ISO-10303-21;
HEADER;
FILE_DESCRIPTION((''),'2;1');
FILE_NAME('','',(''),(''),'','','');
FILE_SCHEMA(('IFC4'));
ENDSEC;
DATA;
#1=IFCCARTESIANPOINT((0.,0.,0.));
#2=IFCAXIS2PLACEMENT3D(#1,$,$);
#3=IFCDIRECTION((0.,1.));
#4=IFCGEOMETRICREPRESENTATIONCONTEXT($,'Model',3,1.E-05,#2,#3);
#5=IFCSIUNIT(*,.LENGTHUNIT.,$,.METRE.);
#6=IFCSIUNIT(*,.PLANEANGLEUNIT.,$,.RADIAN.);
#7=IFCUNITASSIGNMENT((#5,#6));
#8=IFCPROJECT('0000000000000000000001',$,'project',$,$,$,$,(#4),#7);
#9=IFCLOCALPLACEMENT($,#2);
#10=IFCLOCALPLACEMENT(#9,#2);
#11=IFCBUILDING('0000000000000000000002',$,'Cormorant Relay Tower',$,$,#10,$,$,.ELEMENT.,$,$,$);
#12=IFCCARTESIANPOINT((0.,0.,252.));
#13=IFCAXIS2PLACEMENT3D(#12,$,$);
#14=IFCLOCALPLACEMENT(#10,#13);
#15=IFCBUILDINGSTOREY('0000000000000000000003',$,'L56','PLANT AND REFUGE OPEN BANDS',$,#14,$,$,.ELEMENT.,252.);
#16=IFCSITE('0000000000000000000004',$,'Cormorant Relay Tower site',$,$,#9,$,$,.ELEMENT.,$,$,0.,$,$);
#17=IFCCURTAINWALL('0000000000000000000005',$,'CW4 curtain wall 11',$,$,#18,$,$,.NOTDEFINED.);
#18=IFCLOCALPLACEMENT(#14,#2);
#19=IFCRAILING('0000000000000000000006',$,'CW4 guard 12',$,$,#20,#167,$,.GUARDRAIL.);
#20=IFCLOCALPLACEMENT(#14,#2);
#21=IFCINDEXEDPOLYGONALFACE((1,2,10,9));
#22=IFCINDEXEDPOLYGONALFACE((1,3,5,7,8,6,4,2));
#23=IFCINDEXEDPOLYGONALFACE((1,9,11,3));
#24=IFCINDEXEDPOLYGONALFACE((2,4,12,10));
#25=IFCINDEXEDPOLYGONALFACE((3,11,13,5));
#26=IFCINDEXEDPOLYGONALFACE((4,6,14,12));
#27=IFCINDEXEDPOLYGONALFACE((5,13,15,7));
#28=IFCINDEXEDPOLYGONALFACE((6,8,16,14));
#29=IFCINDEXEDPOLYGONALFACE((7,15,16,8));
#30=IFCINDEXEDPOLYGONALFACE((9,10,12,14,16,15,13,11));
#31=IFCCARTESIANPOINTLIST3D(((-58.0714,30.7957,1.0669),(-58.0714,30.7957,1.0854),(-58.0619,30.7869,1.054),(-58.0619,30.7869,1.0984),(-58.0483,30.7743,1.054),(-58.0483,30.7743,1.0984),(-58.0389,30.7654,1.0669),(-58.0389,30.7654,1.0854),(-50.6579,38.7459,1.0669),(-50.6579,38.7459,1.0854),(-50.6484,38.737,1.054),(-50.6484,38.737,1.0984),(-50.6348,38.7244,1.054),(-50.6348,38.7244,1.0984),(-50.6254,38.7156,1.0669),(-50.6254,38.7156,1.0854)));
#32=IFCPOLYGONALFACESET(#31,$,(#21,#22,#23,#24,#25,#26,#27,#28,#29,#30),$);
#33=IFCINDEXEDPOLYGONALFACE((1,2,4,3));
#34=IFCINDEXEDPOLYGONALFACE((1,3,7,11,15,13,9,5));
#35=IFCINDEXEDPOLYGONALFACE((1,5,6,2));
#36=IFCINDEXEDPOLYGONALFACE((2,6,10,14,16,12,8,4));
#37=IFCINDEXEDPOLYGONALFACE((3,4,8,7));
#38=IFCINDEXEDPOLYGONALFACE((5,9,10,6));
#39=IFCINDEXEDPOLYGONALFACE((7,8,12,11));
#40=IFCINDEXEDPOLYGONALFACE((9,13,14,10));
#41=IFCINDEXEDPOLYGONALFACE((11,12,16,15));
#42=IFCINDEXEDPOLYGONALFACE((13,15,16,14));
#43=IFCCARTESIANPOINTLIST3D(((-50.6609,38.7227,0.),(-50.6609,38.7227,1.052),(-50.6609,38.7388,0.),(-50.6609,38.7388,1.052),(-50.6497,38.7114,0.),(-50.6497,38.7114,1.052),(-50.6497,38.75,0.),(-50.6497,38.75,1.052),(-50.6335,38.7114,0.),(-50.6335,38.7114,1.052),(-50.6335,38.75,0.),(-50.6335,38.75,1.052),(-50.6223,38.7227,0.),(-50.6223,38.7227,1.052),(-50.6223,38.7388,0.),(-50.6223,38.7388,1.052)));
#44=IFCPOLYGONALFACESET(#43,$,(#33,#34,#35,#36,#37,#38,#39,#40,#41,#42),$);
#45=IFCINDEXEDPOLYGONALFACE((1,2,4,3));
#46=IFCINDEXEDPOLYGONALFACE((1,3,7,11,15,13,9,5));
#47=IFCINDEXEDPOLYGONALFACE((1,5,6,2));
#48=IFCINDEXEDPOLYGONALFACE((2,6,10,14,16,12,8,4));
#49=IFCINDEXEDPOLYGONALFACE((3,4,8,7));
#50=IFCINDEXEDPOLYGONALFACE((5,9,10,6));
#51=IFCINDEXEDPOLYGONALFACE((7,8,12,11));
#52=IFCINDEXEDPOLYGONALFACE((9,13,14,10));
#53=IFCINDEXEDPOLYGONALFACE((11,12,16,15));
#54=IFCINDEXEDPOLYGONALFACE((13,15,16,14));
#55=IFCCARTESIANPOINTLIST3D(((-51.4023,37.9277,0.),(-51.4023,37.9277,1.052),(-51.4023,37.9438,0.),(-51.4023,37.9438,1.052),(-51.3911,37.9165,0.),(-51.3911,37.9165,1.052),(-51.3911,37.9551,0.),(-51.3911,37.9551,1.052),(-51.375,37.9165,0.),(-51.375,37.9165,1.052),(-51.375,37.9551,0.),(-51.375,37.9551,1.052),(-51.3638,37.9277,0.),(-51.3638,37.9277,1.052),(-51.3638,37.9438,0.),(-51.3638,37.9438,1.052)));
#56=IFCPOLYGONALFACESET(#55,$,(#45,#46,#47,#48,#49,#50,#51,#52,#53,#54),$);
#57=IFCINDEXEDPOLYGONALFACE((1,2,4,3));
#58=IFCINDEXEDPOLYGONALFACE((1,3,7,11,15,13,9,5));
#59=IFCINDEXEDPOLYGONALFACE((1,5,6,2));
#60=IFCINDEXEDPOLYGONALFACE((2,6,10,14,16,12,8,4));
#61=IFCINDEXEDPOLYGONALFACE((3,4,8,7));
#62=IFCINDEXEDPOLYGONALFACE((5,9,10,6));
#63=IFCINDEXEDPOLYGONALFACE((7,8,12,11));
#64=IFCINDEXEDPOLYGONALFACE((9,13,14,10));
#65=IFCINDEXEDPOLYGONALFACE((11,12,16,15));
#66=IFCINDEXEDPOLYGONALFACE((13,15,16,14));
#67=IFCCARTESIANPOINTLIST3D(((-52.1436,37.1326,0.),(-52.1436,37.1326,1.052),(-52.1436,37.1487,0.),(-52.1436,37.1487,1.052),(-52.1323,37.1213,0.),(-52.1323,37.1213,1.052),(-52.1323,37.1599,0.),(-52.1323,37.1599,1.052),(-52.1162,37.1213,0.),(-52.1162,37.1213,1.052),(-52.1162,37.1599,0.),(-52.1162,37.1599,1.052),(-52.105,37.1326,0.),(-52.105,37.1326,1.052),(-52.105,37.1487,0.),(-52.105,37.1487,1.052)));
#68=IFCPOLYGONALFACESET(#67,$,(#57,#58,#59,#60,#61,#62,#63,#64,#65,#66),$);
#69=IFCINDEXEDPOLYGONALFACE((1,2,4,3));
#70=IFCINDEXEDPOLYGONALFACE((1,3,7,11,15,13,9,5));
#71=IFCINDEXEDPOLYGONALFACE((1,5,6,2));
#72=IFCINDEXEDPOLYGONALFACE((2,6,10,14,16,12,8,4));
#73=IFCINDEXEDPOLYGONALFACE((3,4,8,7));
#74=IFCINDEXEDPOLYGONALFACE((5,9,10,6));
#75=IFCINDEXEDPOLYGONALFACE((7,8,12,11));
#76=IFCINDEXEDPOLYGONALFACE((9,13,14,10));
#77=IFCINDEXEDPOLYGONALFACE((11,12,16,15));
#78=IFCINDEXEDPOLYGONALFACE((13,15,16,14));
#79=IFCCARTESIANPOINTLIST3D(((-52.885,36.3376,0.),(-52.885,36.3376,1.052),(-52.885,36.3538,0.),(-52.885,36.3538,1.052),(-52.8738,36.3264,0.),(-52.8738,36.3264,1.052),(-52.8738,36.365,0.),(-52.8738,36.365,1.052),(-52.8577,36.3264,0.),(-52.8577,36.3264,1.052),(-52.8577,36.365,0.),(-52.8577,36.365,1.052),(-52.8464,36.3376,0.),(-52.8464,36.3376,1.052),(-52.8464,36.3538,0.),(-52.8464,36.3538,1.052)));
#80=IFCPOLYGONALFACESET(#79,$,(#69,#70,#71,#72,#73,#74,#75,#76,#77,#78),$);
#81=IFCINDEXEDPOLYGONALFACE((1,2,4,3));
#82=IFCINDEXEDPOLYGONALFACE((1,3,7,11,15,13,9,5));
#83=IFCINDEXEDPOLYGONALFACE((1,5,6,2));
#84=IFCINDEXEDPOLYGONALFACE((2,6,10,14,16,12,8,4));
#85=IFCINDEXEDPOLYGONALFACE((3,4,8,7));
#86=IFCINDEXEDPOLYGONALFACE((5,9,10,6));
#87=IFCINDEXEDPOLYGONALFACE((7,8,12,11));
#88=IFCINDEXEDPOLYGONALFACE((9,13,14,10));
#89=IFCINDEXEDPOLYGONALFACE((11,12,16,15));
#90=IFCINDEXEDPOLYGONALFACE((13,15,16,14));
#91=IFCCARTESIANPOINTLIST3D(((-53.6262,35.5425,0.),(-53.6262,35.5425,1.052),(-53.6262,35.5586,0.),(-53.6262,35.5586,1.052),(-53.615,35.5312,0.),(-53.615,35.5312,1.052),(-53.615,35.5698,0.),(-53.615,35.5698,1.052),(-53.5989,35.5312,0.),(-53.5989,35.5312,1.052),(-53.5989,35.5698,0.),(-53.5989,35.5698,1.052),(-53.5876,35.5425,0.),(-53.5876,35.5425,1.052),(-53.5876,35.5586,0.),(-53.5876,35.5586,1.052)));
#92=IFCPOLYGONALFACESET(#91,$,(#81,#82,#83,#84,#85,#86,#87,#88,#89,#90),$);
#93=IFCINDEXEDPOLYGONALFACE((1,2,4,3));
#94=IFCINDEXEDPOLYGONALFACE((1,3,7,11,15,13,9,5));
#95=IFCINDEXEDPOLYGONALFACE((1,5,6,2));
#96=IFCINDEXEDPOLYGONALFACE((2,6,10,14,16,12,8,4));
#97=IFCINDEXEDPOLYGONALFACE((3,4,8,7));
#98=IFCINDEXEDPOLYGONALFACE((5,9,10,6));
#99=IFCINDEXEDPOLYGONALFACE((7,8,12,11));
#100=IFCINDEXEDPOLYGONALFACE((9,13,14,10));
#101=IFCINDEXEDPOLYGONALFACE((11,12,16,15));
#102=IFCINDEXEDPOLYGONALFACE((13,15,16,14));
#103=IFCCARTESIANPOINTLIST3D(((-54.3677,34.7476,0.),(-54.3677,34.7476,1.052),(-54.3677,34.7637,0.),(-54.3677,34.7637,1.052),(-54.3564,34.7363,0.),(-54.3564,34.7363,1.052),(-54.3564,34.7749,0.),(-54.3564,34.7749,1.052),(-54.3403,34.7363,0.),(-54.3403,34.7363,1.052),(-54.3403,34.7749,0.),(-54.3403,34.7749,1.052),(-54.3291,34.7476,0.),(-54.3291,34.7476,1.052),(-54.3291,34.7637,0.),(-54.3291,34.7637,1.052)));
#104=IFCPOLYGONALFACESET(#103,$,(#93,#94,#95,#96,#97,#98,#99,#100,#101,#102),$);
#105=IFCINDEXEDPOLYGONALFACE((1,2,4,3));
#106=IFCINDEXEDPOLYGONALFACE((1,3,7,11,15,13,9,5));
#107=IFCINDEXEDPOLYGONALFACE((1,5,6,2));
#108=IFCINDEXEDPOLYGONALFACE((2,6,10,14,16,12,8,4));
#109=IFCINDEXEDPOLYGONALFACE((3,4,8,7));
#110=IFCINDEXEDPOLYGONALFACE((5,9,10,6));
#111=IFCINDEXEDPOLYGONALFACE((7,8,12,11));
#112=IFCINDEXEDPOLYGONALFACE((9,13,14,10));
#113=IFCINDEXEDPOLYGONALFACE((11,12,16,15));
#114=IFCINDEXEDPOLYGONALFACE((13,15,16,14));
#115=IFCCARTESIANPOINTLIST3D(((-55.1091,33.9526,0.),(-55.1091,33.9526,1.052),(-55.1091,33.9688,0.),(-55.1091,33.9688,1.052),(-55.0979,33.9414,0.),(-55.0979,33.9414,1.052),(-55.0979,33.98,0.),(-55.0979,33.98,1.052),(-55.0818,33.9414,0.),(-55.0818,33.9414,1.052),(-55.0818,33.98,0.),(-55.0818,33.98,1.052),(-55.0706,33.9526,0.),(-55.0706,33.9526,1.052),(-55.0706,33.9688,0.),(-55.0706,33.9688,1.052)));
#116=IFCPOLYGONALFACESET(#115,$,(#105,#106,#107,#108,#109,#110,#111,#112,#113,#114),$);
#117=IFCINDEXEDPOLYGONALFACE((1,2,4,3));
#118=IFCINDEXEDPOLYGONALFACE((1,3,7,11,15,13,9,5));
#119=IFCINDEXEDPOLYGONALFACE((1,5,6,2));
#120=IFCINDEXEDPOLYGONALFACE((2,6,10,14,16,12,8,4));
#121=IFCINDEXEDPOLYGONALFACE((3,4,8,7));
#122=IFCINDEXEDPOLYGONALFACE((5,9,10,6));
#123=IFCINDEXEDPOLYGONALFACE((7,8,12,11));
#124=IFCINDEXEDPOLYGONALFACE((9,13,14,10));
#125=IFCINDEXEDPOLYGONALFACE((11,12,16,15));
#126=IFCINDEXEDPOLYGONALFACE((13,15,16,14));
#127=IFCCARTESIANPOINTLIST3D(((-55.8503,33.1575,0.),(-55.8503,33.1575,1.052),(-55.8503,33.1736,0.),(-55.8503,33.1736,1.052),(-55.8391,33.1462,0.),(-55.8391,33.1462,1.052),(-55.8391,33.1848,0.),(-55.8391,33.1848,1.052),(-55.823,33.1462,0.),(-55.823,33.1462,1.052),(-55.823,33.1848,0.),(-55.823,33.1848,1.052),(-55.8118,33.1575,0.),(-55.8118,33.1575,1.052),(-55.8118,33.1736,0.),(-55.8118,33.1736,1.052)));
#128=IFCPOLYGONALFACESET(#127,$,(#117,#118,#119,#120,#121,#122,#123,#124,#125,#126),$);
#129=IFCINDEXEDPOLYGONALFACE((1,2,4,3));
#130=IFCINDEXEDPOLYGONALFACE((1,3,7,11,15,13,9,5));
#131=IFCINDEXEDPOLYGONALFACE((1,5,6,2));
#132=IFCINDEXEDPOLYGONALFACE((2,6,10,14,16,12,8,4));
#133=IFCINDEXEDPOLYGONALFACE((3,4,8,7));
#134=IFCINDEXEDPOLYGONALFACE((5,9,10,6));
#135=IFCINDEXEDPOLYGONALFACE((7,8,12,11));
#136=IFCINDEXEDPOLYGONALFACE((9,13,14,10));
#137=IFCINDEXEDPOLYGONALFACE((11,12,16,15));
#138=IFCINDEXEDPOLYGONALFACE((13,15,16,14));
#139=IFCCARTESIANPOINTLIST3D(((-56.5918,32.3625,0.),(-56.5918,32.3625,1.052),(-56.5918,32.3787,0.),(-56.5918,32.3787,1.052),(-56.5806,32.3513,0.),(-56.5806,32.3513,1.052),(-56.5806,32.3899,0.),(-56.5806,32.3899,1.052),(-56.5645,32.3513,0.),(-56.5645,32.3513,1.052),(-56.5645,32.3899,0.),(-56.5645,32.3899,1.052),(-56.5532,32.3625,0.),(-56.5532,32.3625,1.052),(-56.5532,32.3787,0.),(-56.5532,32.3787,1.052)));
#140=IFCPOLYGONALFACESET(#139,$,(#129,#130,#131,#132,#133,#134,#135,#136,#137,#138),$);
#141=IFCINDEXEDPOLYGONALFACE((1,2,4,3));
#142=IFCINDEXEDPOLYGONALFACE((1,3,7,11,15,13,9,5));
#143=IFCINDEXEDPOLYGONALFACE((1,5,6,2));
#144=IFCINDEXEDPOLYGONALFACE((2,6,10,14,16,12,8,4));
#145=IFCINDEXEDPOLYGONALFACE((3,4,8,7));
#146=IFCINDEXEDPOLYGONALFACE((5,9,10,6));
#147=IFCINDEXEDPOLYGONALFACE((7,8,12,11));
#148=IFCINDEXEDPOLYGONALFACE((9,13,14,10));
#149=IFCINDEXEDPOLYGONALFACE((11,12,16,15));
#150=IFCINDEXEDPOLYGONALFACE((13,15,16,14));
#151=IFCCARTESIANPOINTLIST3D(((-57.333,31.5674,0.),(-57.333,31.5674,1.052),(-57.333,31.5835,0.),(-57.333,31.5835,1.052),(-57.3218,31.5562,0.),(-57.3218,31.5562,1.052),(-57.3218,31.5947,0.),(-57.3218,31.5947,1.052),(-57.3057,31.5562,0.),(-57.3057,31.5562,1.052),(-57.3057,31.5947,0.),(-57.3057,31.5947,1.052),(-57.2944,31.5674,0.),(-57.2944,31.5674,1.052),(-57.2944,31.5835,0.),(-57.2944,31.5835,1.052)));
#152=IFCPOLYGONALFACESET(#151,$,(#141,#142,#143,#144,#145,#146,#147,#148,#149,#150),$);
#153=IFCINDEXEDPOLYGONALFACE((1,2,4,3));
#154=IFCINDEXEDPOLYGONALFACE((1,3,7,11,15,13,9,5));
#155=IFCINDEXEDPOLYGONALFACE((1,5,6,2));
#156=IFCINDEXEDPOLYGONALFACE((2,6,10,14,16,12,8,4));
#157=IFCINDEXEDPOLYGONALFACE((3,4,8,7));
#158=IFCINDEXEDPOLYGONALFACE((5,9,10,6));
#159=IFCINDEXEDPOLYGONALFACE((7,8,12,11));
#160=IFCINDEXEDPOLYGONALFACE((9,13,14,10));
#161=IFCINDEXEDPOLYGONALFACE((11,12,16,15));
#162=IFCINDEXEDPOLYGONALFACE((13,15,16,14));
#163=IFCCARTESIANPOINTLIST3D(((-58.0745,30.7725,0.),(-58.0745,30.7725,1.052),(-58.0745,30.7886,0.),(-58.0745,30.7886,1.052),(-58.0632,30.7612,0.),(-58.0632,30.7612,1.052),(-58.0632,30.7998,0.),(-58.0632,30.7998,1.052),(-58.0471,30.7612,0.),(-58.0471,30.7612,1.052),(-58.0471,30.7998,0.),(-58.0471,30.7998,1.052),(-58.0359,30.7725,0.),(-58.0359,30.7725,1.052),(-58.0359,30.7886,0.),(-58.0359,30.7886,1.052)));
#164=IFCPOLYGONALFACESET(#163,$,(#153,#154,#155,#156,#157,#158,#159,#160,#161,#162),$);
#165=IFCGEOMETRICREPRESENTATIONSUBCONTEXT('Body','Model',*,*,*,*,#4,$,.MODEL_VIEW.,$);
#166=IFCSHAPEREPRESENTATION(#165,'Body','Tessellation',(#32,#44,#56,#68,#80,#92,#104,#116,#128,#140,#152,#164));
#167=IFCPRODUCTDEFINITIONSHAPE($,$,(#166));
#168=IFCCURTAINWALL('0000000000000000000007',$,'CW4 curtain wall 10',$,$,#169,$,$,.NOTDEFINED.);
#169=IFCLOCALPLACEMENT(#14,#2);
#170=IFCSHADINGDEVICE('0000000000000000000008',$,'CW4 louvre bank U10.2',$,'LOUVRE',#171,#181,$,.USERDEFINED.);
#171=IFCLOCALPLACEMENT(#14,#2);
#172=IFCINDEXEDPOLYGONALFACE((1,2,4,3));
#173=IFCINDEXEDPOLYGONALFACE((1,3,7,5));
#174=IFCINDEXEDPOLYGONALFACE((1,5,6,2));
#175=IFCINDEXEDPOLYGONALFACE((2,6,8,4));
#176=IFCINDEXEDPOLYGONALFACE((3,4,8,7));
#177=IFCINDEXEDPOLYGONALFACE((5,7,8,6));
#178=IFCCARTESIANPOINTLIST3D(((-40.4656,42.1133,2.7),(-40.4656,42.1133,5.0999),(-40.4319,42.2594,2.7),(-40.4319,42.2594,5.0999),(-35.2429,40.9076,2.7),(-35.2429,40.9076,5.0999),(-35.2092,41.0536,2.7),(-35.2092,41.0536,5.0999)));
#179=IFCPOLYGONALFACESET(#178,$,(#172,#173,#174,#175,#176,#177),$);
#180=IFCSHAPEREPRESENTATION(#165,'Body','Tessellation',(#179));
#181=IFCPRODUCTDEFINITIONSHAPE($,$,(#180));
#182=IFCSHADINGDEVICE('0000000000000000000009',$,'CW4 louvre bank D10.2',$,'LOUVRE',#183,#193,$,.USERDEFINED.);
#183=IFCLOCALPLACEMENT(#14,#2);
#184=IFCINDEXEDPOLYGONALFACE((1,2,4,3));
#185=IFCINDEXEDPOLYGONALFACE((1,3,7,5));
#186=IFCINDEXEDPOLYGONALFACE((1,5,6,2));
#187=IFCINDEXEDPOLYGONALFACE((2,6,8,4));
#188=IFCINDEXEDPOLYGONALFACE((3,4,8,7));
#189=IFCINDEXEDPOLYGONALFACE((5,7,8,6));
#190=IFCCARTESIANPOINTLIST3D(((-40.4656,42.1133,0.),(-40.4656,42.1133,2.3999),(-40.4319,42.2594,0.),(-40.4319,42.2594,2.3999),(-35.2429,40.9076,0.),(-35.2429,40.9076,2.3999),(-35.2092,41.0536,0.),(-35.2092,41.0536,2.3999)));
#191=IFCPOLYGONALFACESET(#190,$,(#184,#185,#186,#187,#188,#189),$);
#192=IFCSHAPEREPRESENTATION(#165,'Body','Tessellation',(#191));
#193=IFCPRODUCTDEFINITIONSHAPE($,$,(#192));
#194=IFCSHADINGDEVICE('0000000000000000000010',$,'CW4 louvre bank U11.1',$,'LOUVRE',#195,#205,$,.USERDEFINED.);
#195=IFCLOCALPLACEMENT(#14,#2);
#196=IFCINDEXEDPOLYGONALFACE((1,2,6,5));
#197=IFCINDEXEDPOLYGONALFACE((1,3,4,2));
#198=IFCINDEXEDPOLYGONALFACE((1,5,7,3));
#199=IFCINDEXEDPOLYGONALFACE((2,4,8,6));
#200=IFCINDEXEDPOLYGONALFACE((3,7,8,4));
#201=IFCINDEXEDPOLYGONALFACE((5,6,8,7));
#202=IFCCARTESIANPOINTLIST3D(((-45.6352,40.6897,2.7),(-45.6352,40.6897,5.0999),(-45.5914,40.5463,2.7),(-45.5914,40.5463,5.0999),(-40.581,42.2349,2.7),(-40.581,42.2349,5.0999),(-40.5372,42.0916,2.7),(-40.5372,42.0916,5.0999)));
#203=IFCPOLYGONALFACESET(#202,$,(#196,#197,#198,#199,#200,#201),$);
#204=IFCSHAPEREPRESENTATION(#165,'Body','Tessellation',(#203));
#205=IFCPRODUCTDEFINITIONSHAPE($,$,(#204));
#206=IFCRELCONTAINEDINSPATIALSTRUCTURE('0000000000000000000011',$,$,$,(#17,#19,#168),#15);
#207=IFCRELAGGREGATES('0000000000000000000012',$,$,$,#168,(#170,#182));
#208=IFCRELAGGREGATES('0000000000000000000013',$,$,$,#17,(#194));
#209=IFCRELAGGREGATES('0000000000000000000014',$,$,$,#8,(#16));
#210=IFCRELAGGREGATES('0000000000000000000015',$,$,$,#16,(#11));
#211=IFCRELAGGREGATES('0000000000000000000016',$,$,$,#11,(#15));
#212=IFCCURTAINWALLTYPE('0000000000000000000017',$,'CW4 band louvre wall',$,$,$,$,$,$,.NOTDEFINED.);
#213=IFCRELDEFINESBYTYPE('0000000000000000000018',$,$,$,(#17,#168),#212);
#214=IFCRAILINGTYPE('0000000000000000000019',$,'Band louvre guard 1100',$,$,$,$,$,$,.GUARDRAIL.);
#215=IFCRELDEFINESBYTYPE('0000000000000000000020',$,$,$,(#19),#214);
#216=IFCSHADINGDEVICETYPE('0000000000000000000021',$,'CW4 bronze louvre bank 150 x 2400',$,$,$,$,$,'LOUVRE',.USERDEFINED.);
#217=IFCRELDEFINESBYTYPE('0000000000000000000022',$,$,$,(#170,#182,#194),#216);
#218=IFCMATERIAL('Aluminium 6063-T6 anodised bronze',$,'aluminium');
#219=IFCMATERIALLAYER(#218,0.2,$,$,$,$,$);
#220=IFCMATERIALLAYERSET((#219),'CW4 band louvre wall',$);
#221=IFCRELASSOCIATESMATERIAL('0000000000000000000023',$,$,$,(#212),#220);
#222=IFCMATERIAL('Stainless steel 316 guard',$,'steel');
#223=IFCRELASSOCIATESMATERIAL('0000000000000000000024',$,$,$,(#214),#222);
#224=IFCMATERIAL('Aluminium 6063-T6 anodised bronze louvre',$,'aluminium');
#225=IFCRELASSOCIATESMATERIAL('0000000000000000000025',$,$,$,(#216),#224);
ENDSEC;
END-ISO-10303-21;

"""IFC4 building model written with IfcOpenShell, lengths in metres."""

from ifc_helpers import new_model, si_unit, direction, frame, origin, origin_2d, place, context, subcontext, project, spatial, polyline, rectangle, outline, extrude, material, layer, layer_set, type_object, element, aggregate, save


model = new_model("IFC4")

# Units and contexts
model_context = context("Model", 3, precision=1e-05, world=origin(), true_north=direction((0.0, 1.0)))
body_context = subcontext(model_context, "Body", "Model", "MODEL_VIEW")
ifc_project = project(units=[si_unit("LENGTHUNIT", "METRE"), si_unit("PLANEANGLEUNIT", "RADIAN")], contexts=[model_context])

# Site, building, storey
site_placement = place(None, origin())
site = spatial("IfcSite", under=ifc_project, at=site_placement, Name="Cormorant Relay Tower site", CompositionType="ELEMENT", RefElevation=0.0)
building_placement = place(site_placement, origin())
building = spatial("IfcBuilding", under=site, at=building_placement, Name="Cormorant Relay Tower", CompositionType="ELEMENT")
storey_placement = place(building_placement, frame((0.0, 0.0, 252.0)))
storey = spatial("IfcBuildingStorey", under=building, at=storey_placement, Name="L56", Description="PLANT AND REFUGE OPEN BANDS", CompositionType="ELEMENT", Elevation=252.0)

# Curtain wall
ifc_material_1 = material(Name="Aluminium 6063-T6 anodised bronze", Category="aluminium")
ifc_layer_1 = layer(ifc_material_1, 0.2)
ifc_layer_set_1 = layer_set([ifc_layer_1], Name="CW4 band louvre wall")
curtain_wall_type = type_object("IfcCurtainWallType", Name="CW4 band louvre wall", PredefinedType="NOTDEFINED", material=ifc_layer_set_1)
curtain_wall_1_placement = place(storey_placement, origin())
curtain_wall_1 = element("IfcCurtainWall", 1, at=curtain_wall_1_placement, inside=storey, type_object=curtain_wall_type, Name="CW4 curtain wall 11", PredefinedType="NOTDEFINED")

# Railing
ifc_material_2 = material(Name="Stainless steel 316 guard", Category="steel")
railing_type = type_object("IfcRailingType", Name="Band louvre guard 1100", PredefinedType="GUARDRAIL", material=ifc_material_2)
railing_1_placement = place(storey_placement, frame((-50.6416, 38.7307, 0.0)))
element("IfcRailing", 2, at=railing_1_placement, inside=storey, type_object=railing_type, Name="CW4 guard 12", PredefinedType="GUARDRAIL", context=body_context, shape_type="SweptSolid", body=[
    extrude(outline(polyline([(0.0222, 0.0093), (0.0093, 0.0222), (-0.0093, 0.0222), (-0.0222, 0.0093), (-0.0222, -0.0093), (-0.0093, -0.0222), (0.0093, -0.0222), (0.0222, -0.0093), (0.0222, 0.0093)])), frame((0.0, 0.0, 1.0762), z_axis=(-0.681993, -0.731358, 0.0), x_axis=(0.731358, -0.681993, 0.0)), (0.0, 0.0, 1.0), 10.8704),
    extrude(outline(polyline([(0.0193, 0.0081), (0.0081, 0.0193), (-0.0081, 0.0193), (-0.0193, 0.0081), (-0.0193, -0.0081), (-0.0081, -0.0193), (0.0081, -0.0193), (0.0193, -0.0081), (0.0193, 0.0081)])), origin(), (0.0, 0.0, 1.0), 1.052),
    extrude(outline(polyline([(0.0193, 0.0081), (0.0081, 0.0193), (-0.0081, 0.0193), (-0.0193, 0.0081), (-0.0193, -0.0081), (-0.0081, -0.0193), (0.0081, -0.0193), (0.0193, -0.0081), (0.0193, 0.0081)])), frame((-0.7415, -0.7949, 0.0)), (0.0, 0.0, 1.0), 1.052),
    extrude(outline(polyline([(0.0193, 0.0081), (0.0081, 0.0193), (-0.0081, 0.0193), (-0.0193, 0.0081), (-0.0193, -0.0081), (-0.0081, -0.0193), (0.0081, -0.0193), (0.0193, -0.0081), (0.0193, 0.0081)])), frame((-1.4827, -1.5901, 0.0)), (0.0, 0.0, 1.0), 1.052),
    extrude(outline(polyline([(0.0193, 0.0081), (0.0081, 0.0193), (-0.0081, 0.0193), (-0.0193, 0.0081), (-0.0193, -0.0081), (-0.0081, -0.0193), (0.0081, -0.0193), (0.0193, -0.0081), (0.0193, 0.0081)])), frame((-2.2241, -2.385, 0.0)), (0.0, 0.0, 1.0), 1.052),
    extrude(outline(polyline([(0.0193, 0.0081), (0.0081, 0.0193), (-0.0081, 0.0193), (-0.0193, 0.0081), (-0.0193, -0.0081), (-0.0081, -0.0193), (0.0081, -0.0193), (0.0193, -0.0081), (0.0193, 0.0081)])), frame((-2.9653, -3.1802, 0.0)), (0.0, 0.0, 1.0), 1.052),
    extrude(outline(polyline([(0.0193, 0.0081), (0.0081, 0.0193), (-0.0081, 0.0193), (-0.0193, 0.0081), (-0.0193, -0.0081), (-0.0081, -0.0193), (0.0081, -0.0193), (0.0193, -0.0081), (0.0193, 0.0081)])), frame((-3.7068, -3.9751, 0.0)), (0.0, 0.0, 1.0), 1.052),
    extrude(outline(polyline([(0.0193, 0.0081), (0.0081, 0.0193), (-0.0081, 0.0193), (-0.0193, 0.0081), (-0.0193, -0.0081), (-0.0081, -0.0193), (0.0081, -0.0193), (0.0193, -0.0081), (0.0193, 0.0081)])), frame((-4.4482, -4.77, 0.0)), (0.0, 0.0, 1.0), 1.052),
    extrude(outline(polyline([(0.0193, 0.0081), (0.0081, 0.0193), (-0.0081, 0.0193), (-0.0193, 0.0081), (-0.0193, -0.0081), (-0.0081, -0.0193), (0.0081, -0.0193), (0.0193, -0.0081), (0.0193, 0.0081)])), frame((-5.1895, -5.5652, 0.0)), (0.0, 0.0, 1.0), 1.052),
    extrude(outline(polyline([(0.0193, 0.0081), (0.0081, 0.0193), (-0.0081, 0.0193), (-0.0193, 0.0081), (-0.0193, -0.0081), (-0.0081, -0.0193), (0.0081, -0.0193), (0.0193, -0.0081), (0.0193, 0.0081)])), frame((-5.9309, -6.3601, 0.0)), (0.0, 0.0, 1.0), 1.052),
    extrude(outline(polyline([(0.0193, 0.0081), (0.0081, 0.0193), (-0.0081, 0.0193), (-0.0193, 0.0081), (-0.0193, -0.0081), (-0.0081, -0.0193), (0.0081, -0.0193), (0.0193, -0.0081), (0.0193, 0.0081)])), frame((-6.6721, -7.1553, 0.0)), (0.0, 0.0, 1.0), 1.052),
    extrude(outline(polyline([(0.0193, 0.0081), (0.0081, 0.0193), (-0.0081, 0.0193), (-0.0193, 0.0081), (-0.0193, -0.0081), (-0.0081, -0.0193), (0.0081, -0.0193), (0.0193, -0.0081), (0.0193, 0.0081)])), frame((-7.4136, -7.9502, 0.0)), (0.0, 0.0, 1.0), 1.052),
])

# Curtain wall, shading devices
curtain_wall_2_placement = place(storey_placement, origin())
curtain_wall_2 = element("IfcCurtainWall", 3, at=curtain_wall_2_placement, inside=storey, type_object=curtain_wall_type, Name="CW4 curtain wall 10", PredefinedType="NOTDEFINED")
ifc_material_3 = material(Name="Aluminium 6063-T6 anodised bronze louvre", Category="aluminium")
shading_device_type = type_object("IfcShadingDeviceType", Name="CW4 bronze louvre bank 150 x 2400", ElementType="LOUVRE", PredefinedType="USERDEFINED", material=ifc_material_3)
shading_device_1_placement = place(storey_placement, frame((-37.8374, 41.5835, 2.7), z_axis=(0.0, 0.0, 1.0), x_axis=(-0.97437, 0.224951, 0.0)))
shading_device_1 = element("IfcShadingDevice", 4, at=shading_device_1_placement, type_object=shading_device_type, Name="CW4 louvre bank U10.2", ObjectType="LOUVRE", PredefinedType="USERDEFINED", context=body_context, shape_type="SweptSolid", body=[
    extrude(rectangle(XDim=5.3601, YDim=0.1499, at=origin_2d()), origin(), (0.0, 0.0, 1.0), 2.3999),
])
shading_device_2_placement = place(storey_placement, frame((-37.8374, 41.5835, 0.0), z_axis=(0.0, 0.0, 1.0), x_axis=(-0.97437, 0.224951, 0.0)))
shading_device_2 = element("IfcShadingDevice", 5, at=shading_device_2_placement, type_object=shading_device_type, Name="CW4 louvre bank D10.2", ObjectType="LOUVRE", PredefinedType="USERDEFINED", context=body_context, shape_type="SweptSolid", body=[
    extrude(rectangle(XDim=5.3601, YDim=0.1499, at=origin_2d()), origin(), (0.0, 0.0, 1.0), 2.3999),
])
aggregate(curtain_wall_2, [shading_device_1, shading_device_2])

# Shading device
shading_device_3_placement = place(storey_placement, frame((-43.0862, 41.3906, 2.7), z_axis=(0.0, 0.0, 1.0), x_axis=(-0.956305, -0.292372, 0.0)))
shading_device_3 = element("IfcShadingDevice", 6, at=shading_device_3_placement, type_object=shading_device_type, Name="CW4 louvre bank U11.1", ObjectType="LOUVRE", PredefinedType="USERDEFINED", context=body_context, shape_type="SweptSolid", body=[
    extrude(rectangle(XDim=5.2852, YDim=0.1499, at=origin_2d()), origin(), (0.0, 0.0, 1.0), 2.3999),
])
aggregate(curtain_wall_1, [shading_device_3])

save(model, "model.ifc")
